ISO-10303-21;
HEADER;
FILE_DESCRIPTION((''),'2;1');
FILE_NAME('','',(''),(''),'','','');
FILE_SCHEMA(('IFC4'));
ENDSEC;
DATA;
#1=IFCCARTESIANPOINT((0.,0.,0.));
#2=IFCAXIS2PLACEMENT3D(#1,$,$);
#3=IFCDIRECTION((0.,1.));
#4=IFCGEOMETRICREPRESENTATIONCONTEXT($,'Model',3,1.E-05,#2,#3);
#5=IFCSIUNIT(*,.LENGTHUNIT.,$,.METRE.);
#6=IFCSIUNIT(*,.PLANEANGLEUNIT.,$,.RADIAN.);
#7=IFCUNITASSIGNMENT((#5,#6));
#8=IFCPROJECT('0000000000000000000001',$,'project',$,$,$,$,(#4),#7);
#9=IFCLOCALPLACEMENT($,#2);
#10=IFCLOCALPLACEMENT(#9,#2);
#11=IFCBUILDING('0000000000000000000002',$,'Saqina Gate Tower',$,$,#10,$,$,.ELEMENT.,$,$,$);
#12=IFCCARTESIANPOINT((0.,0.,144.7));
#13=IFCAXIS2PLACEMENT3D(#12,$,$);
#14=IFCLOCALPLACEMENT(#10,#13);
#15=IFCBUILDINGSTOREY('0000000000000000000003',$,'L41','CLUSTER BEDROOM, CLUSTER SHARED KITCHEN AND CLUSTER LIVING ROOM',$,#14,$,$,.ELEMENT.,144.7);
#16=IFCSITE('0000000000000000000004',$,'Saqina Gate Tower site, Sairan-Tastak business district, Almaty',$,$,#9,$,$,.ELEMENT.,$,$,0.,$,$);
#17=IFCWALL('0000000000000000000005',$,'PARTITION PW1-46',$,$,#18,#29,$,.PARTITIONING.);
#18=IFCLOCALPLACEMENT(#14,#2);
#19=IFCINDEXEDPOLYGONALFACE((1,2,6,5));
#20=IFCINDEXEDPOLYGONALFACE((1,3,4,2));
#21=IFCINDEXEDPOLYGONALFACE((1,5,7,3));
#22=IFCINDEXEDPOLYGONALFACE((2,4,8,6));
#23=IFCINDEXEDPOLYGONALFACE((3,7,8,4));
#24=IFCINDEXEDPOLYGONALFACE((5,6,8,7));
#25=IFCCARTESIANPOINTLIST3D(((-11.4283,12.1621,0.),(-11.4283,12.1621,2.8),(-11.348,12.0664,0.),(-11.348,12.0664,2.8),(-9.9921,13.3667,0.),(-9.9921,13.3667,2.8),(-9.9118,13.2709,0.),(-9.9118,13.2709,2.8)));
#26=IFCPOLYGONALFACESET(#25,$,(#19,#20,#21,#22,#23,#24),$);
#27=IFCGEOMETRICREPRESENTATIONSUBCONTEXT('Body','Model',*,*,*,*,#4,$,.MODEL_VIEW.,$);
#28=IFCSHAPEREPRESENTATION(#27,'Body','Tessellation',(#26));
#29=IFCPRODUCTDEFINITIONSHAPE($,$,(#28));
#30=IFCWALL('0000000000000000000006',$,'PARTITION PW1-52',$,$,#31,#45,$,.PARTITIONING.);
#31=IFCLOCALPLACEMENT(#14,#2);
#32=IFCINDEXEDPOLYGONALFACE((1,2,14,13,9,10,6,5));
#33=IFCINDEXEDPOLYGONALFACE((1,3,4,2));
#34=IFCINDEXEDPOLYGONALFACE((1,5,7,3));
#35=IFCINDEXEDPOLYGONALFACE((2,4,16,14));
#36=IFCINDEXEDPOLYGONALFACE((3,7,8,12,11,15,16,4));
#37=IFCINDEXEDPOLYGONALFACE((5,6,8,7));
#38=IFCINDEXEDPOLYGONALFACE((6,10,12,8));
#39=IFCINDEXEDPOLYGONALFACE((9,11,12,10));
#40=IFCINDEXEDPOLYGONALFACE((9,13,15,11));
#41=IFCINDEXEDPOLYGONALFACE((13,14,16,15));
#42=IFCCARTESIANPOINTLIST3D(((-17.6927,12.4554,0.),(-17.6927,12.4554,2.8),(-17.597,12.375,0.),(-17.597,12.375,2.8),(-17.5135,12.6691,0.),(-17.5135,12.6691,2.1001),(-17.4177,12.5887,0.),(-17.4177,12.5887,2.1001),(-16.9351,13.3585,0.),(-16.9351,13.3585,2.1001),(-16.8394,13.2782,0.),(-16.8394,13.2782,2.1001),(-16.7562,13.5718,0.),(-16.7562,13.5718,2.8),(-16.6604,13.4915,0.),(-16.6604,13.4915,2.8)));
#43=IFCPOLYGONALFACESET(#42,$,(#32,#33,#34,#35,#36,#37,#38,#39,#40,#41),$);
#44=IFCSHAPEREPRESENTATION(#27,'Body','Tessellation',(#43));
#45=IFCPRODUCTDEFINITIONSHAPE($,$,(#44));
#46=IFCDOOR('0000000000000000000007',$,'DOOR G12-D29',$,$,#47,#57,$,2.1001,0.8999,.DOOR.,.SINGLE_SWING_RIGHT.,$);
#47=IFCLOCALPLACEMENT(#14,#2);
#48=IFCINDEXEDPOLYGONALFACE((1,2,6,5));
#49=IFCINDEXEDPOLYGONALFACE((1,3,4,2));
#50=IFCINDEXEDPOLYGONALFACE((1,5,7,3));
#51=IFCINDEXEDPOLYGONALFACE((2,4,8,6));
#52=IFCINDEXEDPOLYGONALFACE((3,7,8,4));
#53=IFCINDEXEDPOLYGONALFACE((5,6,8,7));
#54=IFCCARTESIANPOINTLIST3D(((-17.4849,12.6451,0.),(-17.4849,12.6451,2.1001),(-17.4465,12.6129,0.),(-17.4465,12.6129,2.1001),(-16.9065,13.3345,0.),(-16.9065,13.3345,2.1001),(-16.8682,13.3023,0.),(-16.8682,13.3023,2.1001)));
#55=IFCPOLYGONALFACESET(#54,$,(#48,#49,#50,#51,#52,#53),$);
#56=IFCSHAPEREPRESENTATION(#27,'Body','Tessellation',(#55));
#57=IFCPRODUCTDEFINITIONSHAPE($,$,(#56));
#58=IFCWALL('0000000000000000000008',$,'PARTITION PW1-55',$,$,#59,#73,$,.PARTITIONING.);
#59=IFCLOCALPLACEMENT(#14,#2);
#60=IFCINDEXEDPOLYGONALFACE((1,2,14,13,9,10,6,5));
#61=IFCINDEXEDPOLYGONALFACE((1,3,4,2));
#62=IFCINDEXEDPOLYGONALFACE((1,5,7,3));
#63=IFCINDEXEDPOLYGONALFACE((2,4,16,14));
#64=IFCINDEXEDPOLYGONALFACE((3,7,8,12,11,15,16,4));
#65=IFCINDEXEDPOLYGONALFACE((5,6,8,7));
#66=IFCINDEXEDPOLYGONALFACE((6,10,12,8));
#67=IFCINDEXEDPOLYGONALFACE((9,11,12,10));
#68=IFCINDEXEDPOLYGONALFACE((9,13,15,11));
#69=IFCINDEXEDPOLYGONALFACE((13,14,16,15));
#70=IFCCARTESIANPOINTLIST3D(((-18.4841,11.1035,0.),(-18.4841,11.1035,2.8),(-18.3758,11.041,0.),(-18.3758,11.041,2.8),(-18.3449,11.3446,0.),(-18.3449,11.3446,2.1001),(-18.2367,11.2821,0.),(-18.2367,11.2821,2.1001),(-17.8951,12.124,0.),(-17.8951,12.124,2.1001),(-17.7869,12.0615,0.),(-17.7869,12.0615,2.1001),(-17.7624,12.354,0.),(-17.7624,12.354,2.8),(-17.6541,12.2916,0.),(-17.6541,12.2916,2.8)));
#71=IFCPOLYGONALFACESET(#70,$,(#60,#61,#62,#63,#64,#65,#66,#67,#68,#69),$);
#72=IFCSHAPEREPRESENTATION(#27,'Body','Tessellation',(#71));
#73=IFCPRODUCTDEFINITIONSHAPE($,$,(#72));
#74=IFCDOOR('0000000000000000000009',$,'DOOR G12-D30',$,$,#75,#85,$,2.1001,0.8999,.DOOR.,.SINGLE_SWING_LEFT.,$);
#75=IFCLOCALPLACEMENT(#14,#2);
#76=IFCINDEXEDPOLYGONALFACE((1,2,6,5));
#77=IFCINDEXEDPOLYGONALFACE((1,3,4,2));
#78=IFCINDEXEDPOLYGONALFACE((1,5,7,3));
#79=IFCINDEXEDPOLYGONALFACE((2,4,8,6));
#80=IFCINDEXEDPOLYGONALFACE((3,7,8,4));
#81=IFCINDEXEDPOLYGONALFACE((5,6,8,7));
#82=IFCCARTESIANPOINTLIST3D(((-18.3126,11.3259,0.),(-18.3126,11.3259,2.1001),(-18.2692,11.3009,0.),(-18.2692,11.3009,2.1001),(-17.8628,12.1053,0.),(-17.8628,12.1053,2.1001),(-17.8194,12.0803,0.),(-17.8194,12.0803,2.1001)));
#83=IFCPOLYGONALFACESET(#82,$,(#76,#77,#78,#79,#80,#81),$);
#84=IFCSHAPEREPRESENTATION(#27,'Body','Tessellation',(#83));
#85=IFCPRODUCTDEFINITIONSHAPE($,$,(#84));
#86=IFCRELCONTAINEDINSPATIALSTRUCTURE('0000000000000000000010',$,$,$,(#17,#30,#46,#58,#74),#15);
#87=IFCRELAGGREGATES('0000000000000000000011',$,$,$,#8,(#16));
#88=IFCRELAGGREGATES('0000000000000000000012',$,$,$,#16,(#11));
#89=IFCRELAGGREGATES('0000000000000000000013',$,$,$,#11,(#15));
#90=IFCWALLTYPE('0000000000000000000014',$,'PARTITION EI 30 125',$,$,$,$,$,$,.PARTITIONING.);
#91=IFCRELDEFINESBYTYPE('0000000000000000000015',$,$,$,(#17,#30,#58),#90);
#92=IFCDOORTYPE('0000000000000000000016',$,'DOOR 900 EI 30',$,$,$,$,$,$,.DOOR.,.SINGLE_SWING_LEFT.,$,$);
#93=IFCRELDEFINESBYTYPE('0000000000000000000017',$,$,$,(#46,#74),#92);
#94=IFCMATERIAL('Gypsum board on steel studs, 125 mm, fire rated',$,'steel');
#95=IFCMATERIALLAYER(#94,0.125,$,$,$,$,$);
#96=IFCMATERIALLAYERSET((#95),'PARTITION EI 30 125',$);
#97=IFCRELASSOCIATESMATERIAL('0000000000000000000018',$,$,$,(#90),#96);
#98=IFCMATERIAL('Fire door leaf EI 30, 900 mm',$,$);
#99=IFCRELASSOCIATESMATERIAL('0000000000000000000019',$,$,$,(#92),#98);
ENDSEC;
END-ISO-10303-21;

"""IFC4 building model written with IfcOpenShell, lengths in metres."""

from ifc_helpers import new_model, si_unit, direction, frame, frame_2d, origin, place, context, subcontext, project, spatial, rectangle, extrude, material, layer, layer_set, type_object, element, fill, save


model = new_model("IFC4")

# Units and contexts
model_context = context("Model", 3, precision=1e-05, world=origin(), true_north=direction((0.0, 1.0)))
body_context = subcontext(model_context, "Body", "Model", "MODEL_VIEW")
ifc_project = project(units=[si_unit("LENGTHUNIT", "METRE"), si_unit("PLANEANGLEUNIT", "RADIAN")], contexts=[model_context])

# Site, building, storey
site_placement = place(None, origin())
site = spatial("IfcSite", under=ifc_project, at=site_placement, Name="Saqina Gate Tower site, Sairan-Tastak business district, Almaty", CompositionType="ELEMENT", RefElevation=0.0)
building_placement = place(site_placement, origin())
building = spatial("IfcBuilding", under=site, at=building_placement, Name="Saqina Gate Tower", CompositionType="ELEMENT")
storey_placement = place(building_placement, frame((0.0, 0.0, 144.7)))
storey = spatial("IfcBuildingStorey", under=building, at=storey_placement, Name="L41", Description="CLUSTER BEDROOM, CLUSTER SHARED KITCHEN AND CLUSTER LIVING ROOM", CompositionType="ELEMENT", Elevation=144.7)

# Wall
ifc_material_1 = material(Name="Gypsum board on steel studs, 125 mm, fire rated", Category="steel")
ifc_layer_1 = layer(ifc_material_1, 0.125)
ifc_layer_set_1 = layer_set([ifc_layer_1], Name="PARTITION EI 30 125")
wall_type_1 = type_object("IfcWallType", Name="PARTITION EI 30 125", PredefinedType="PARTITIONING", material=ifc_layer_set_1)
wall_1_placement = place(storey_placement, frame((-11.3882, 12.1143, 0.0), z_axis=(0.0, 0.0, 1.0), x_axis=(0.7662, 0.642602, 0.0)))
element("IfcWall", 1, at=wall_1_placement, inside=storey, type_object=wall_type_1, Name="PARTITION PW1-46", PredefinedType="PARTITIONING", context=body_context, shape_type="SweptSolid", body=[
    extrude(rectangle(XDim=1.8745, YDim=0.125, at=frame_2d((0.9373, 0.0))), origin(), (0.0, 0.0, 1.0), 2.8),
])

# Walls, openings, doors
wall_2_placement = place(storey_placement, frame((-17.6448, 12.4153, 0.0), z_axis=(0.0, 0.0, 1.0), x_axis=(0.642669, 0.766144, 0.0)))
wall_2 = element("IfcWall", 2, at=wall_2_placement, inside=storey, type_object=wall_type_1, Name="PARTITION PW1-52", PredefinedType="PARTITIONING", context=body_context, shape_type="SweptSolid", body=[
    extrude(rectangle(XDim=1.4573, YDim=0.125, at=frame_2d((0.7285, 0.0))), origin(), (0.0, 0.0, 1.0), 2.8),
])
opening_1_placement = place(wall_2_placement, frame((0.2788, 0.0, 0.0)))
opening_1 = element("IfcOpeningElement", 3, at=opening_1_placement, cuts=wall_2, PredefinedType="OPENING", context=body_context, shape_type="SweptSolid", body=[
    extrude(rectangle(XDim=0.8999, YDim=2.1001, at=frame_2d((0.45, 1.05))), frame((0.0, 0.0745, 0.0), z_axis=(0.0, -1.0, 0.0), x_axis=(1.0, 0.0, 0.0)), (0.0, 0.0, 1.0), 0.1489),
])
ifc_material_2 = material(Name="Fire door leaf EI 30, 900 mm")
door_type_1 = type_object("IfcDoorType", Name="DOOR 900 EI 30", OperationType="SINGLE_SWING_LEFT", PredefinedType="DOOR", material=ifc_material_2)
door_1_placement = place(opening_1_placement, frame((0.8999, 0.0, 0.0), z_axis=(0.0, 0.0, 1.0), x_axis=(-1.0, 0.0, 0.0)))
door_1 = element("IfcDoor", 4, at=door_1_placement, inside=storey, type_object=door_type_1, Name="DOOR G12-D29", OperationType="SINGLE_SWING_RIGHT", OverallHeight=2.1001, OverallWidth=0.8999, PredefinedType="DOOR", context=body_context, shape_type="SweptSolid", body=[
    extrude(rectangle(XDim=0.8999, YDim=2.1001, at=frame_2d((0.45, 1.05))), frame((0.0, 0.0249, 0.0), z_axis=(0.0, -1.0, 0.0), x_axis=(1.0, 0.0, 0.0)), (0.0, 0.0, 1.0), 0.05),
])
fill(opening_1, door_1)
wall_3_placement = place(storey_placement, frame((-18.4299, 11.0723, 0.0), z_axis=(0.0, 0.0, 1.0), x_axis=(0.499849, 0.866112, 0.0)))
wall_3 = element("IfcWall", 5, at=wall_3_placement, inside=storey, type_object=wall_type_1, Name="PARTITION PW1-55", PredefinedType="PARTITIONING", context=body_context, shape_type="SweptSolid", body=[
    extrude(rectangle(XDim=1.4438, YDim=0.125, at=frame_2d((0.7219, 0.0))), origin(), (0.0, 0.0, 1.0), 2.8),
])
opening_2_placement = place(wall_3_placement, frame((0.2783, 0.0, 0.0)))
opening_2 = element("IfcOpeningElement", 6, at=opening_2_placement, cuts=wall_3, PredefinedType="OPENING", context=body_context, shape_type="SweptSolid", body=[
    extrude(rectangle(XDim=0.8999, YDim=2.1001, at=frame_2d((0.45, 1.05))), frame((0.0, 0.0745, 0.0), z_axis=(0.0, -1.0, 0.0), x_axis=(1.0, 0.0, 0.0)), (0.0, 0.0, 1.0), 0.1489),
])
door_2_placement = place(opening_2_placement, frame((0.8999, 0.0, 0.0), z_axis=(0.0, 0.0, 1.0), x_axis=(-1.0, 0.0, 0.0)))
door_2 = element("IfcDoor", 7, at=door_2_placement, inside=storey, type_object=door_type_1, Name="DOOR G12-D30", OperationType="SINGLE_SWING_LEFT", OverallHeight=2.1001, OverallWidth=0.8999, PredefinedType="DOOR", context=body_context, shape_type="SweptSolid", body=[
    extrude(rectangle(XDim=0.8999, YDim=2.1001, at=frame_2d((0.45, 1.05))), frame((0.0, 0.0249, 0.0), z_axis=(0.0, -1.0, 0.0), x_axis=(1.0, 0.0, 0.0)), (0.0, 0.0, 1.0), 0.05),
])
fill(opening_2, door_2)

save(model, "model.ifc")
